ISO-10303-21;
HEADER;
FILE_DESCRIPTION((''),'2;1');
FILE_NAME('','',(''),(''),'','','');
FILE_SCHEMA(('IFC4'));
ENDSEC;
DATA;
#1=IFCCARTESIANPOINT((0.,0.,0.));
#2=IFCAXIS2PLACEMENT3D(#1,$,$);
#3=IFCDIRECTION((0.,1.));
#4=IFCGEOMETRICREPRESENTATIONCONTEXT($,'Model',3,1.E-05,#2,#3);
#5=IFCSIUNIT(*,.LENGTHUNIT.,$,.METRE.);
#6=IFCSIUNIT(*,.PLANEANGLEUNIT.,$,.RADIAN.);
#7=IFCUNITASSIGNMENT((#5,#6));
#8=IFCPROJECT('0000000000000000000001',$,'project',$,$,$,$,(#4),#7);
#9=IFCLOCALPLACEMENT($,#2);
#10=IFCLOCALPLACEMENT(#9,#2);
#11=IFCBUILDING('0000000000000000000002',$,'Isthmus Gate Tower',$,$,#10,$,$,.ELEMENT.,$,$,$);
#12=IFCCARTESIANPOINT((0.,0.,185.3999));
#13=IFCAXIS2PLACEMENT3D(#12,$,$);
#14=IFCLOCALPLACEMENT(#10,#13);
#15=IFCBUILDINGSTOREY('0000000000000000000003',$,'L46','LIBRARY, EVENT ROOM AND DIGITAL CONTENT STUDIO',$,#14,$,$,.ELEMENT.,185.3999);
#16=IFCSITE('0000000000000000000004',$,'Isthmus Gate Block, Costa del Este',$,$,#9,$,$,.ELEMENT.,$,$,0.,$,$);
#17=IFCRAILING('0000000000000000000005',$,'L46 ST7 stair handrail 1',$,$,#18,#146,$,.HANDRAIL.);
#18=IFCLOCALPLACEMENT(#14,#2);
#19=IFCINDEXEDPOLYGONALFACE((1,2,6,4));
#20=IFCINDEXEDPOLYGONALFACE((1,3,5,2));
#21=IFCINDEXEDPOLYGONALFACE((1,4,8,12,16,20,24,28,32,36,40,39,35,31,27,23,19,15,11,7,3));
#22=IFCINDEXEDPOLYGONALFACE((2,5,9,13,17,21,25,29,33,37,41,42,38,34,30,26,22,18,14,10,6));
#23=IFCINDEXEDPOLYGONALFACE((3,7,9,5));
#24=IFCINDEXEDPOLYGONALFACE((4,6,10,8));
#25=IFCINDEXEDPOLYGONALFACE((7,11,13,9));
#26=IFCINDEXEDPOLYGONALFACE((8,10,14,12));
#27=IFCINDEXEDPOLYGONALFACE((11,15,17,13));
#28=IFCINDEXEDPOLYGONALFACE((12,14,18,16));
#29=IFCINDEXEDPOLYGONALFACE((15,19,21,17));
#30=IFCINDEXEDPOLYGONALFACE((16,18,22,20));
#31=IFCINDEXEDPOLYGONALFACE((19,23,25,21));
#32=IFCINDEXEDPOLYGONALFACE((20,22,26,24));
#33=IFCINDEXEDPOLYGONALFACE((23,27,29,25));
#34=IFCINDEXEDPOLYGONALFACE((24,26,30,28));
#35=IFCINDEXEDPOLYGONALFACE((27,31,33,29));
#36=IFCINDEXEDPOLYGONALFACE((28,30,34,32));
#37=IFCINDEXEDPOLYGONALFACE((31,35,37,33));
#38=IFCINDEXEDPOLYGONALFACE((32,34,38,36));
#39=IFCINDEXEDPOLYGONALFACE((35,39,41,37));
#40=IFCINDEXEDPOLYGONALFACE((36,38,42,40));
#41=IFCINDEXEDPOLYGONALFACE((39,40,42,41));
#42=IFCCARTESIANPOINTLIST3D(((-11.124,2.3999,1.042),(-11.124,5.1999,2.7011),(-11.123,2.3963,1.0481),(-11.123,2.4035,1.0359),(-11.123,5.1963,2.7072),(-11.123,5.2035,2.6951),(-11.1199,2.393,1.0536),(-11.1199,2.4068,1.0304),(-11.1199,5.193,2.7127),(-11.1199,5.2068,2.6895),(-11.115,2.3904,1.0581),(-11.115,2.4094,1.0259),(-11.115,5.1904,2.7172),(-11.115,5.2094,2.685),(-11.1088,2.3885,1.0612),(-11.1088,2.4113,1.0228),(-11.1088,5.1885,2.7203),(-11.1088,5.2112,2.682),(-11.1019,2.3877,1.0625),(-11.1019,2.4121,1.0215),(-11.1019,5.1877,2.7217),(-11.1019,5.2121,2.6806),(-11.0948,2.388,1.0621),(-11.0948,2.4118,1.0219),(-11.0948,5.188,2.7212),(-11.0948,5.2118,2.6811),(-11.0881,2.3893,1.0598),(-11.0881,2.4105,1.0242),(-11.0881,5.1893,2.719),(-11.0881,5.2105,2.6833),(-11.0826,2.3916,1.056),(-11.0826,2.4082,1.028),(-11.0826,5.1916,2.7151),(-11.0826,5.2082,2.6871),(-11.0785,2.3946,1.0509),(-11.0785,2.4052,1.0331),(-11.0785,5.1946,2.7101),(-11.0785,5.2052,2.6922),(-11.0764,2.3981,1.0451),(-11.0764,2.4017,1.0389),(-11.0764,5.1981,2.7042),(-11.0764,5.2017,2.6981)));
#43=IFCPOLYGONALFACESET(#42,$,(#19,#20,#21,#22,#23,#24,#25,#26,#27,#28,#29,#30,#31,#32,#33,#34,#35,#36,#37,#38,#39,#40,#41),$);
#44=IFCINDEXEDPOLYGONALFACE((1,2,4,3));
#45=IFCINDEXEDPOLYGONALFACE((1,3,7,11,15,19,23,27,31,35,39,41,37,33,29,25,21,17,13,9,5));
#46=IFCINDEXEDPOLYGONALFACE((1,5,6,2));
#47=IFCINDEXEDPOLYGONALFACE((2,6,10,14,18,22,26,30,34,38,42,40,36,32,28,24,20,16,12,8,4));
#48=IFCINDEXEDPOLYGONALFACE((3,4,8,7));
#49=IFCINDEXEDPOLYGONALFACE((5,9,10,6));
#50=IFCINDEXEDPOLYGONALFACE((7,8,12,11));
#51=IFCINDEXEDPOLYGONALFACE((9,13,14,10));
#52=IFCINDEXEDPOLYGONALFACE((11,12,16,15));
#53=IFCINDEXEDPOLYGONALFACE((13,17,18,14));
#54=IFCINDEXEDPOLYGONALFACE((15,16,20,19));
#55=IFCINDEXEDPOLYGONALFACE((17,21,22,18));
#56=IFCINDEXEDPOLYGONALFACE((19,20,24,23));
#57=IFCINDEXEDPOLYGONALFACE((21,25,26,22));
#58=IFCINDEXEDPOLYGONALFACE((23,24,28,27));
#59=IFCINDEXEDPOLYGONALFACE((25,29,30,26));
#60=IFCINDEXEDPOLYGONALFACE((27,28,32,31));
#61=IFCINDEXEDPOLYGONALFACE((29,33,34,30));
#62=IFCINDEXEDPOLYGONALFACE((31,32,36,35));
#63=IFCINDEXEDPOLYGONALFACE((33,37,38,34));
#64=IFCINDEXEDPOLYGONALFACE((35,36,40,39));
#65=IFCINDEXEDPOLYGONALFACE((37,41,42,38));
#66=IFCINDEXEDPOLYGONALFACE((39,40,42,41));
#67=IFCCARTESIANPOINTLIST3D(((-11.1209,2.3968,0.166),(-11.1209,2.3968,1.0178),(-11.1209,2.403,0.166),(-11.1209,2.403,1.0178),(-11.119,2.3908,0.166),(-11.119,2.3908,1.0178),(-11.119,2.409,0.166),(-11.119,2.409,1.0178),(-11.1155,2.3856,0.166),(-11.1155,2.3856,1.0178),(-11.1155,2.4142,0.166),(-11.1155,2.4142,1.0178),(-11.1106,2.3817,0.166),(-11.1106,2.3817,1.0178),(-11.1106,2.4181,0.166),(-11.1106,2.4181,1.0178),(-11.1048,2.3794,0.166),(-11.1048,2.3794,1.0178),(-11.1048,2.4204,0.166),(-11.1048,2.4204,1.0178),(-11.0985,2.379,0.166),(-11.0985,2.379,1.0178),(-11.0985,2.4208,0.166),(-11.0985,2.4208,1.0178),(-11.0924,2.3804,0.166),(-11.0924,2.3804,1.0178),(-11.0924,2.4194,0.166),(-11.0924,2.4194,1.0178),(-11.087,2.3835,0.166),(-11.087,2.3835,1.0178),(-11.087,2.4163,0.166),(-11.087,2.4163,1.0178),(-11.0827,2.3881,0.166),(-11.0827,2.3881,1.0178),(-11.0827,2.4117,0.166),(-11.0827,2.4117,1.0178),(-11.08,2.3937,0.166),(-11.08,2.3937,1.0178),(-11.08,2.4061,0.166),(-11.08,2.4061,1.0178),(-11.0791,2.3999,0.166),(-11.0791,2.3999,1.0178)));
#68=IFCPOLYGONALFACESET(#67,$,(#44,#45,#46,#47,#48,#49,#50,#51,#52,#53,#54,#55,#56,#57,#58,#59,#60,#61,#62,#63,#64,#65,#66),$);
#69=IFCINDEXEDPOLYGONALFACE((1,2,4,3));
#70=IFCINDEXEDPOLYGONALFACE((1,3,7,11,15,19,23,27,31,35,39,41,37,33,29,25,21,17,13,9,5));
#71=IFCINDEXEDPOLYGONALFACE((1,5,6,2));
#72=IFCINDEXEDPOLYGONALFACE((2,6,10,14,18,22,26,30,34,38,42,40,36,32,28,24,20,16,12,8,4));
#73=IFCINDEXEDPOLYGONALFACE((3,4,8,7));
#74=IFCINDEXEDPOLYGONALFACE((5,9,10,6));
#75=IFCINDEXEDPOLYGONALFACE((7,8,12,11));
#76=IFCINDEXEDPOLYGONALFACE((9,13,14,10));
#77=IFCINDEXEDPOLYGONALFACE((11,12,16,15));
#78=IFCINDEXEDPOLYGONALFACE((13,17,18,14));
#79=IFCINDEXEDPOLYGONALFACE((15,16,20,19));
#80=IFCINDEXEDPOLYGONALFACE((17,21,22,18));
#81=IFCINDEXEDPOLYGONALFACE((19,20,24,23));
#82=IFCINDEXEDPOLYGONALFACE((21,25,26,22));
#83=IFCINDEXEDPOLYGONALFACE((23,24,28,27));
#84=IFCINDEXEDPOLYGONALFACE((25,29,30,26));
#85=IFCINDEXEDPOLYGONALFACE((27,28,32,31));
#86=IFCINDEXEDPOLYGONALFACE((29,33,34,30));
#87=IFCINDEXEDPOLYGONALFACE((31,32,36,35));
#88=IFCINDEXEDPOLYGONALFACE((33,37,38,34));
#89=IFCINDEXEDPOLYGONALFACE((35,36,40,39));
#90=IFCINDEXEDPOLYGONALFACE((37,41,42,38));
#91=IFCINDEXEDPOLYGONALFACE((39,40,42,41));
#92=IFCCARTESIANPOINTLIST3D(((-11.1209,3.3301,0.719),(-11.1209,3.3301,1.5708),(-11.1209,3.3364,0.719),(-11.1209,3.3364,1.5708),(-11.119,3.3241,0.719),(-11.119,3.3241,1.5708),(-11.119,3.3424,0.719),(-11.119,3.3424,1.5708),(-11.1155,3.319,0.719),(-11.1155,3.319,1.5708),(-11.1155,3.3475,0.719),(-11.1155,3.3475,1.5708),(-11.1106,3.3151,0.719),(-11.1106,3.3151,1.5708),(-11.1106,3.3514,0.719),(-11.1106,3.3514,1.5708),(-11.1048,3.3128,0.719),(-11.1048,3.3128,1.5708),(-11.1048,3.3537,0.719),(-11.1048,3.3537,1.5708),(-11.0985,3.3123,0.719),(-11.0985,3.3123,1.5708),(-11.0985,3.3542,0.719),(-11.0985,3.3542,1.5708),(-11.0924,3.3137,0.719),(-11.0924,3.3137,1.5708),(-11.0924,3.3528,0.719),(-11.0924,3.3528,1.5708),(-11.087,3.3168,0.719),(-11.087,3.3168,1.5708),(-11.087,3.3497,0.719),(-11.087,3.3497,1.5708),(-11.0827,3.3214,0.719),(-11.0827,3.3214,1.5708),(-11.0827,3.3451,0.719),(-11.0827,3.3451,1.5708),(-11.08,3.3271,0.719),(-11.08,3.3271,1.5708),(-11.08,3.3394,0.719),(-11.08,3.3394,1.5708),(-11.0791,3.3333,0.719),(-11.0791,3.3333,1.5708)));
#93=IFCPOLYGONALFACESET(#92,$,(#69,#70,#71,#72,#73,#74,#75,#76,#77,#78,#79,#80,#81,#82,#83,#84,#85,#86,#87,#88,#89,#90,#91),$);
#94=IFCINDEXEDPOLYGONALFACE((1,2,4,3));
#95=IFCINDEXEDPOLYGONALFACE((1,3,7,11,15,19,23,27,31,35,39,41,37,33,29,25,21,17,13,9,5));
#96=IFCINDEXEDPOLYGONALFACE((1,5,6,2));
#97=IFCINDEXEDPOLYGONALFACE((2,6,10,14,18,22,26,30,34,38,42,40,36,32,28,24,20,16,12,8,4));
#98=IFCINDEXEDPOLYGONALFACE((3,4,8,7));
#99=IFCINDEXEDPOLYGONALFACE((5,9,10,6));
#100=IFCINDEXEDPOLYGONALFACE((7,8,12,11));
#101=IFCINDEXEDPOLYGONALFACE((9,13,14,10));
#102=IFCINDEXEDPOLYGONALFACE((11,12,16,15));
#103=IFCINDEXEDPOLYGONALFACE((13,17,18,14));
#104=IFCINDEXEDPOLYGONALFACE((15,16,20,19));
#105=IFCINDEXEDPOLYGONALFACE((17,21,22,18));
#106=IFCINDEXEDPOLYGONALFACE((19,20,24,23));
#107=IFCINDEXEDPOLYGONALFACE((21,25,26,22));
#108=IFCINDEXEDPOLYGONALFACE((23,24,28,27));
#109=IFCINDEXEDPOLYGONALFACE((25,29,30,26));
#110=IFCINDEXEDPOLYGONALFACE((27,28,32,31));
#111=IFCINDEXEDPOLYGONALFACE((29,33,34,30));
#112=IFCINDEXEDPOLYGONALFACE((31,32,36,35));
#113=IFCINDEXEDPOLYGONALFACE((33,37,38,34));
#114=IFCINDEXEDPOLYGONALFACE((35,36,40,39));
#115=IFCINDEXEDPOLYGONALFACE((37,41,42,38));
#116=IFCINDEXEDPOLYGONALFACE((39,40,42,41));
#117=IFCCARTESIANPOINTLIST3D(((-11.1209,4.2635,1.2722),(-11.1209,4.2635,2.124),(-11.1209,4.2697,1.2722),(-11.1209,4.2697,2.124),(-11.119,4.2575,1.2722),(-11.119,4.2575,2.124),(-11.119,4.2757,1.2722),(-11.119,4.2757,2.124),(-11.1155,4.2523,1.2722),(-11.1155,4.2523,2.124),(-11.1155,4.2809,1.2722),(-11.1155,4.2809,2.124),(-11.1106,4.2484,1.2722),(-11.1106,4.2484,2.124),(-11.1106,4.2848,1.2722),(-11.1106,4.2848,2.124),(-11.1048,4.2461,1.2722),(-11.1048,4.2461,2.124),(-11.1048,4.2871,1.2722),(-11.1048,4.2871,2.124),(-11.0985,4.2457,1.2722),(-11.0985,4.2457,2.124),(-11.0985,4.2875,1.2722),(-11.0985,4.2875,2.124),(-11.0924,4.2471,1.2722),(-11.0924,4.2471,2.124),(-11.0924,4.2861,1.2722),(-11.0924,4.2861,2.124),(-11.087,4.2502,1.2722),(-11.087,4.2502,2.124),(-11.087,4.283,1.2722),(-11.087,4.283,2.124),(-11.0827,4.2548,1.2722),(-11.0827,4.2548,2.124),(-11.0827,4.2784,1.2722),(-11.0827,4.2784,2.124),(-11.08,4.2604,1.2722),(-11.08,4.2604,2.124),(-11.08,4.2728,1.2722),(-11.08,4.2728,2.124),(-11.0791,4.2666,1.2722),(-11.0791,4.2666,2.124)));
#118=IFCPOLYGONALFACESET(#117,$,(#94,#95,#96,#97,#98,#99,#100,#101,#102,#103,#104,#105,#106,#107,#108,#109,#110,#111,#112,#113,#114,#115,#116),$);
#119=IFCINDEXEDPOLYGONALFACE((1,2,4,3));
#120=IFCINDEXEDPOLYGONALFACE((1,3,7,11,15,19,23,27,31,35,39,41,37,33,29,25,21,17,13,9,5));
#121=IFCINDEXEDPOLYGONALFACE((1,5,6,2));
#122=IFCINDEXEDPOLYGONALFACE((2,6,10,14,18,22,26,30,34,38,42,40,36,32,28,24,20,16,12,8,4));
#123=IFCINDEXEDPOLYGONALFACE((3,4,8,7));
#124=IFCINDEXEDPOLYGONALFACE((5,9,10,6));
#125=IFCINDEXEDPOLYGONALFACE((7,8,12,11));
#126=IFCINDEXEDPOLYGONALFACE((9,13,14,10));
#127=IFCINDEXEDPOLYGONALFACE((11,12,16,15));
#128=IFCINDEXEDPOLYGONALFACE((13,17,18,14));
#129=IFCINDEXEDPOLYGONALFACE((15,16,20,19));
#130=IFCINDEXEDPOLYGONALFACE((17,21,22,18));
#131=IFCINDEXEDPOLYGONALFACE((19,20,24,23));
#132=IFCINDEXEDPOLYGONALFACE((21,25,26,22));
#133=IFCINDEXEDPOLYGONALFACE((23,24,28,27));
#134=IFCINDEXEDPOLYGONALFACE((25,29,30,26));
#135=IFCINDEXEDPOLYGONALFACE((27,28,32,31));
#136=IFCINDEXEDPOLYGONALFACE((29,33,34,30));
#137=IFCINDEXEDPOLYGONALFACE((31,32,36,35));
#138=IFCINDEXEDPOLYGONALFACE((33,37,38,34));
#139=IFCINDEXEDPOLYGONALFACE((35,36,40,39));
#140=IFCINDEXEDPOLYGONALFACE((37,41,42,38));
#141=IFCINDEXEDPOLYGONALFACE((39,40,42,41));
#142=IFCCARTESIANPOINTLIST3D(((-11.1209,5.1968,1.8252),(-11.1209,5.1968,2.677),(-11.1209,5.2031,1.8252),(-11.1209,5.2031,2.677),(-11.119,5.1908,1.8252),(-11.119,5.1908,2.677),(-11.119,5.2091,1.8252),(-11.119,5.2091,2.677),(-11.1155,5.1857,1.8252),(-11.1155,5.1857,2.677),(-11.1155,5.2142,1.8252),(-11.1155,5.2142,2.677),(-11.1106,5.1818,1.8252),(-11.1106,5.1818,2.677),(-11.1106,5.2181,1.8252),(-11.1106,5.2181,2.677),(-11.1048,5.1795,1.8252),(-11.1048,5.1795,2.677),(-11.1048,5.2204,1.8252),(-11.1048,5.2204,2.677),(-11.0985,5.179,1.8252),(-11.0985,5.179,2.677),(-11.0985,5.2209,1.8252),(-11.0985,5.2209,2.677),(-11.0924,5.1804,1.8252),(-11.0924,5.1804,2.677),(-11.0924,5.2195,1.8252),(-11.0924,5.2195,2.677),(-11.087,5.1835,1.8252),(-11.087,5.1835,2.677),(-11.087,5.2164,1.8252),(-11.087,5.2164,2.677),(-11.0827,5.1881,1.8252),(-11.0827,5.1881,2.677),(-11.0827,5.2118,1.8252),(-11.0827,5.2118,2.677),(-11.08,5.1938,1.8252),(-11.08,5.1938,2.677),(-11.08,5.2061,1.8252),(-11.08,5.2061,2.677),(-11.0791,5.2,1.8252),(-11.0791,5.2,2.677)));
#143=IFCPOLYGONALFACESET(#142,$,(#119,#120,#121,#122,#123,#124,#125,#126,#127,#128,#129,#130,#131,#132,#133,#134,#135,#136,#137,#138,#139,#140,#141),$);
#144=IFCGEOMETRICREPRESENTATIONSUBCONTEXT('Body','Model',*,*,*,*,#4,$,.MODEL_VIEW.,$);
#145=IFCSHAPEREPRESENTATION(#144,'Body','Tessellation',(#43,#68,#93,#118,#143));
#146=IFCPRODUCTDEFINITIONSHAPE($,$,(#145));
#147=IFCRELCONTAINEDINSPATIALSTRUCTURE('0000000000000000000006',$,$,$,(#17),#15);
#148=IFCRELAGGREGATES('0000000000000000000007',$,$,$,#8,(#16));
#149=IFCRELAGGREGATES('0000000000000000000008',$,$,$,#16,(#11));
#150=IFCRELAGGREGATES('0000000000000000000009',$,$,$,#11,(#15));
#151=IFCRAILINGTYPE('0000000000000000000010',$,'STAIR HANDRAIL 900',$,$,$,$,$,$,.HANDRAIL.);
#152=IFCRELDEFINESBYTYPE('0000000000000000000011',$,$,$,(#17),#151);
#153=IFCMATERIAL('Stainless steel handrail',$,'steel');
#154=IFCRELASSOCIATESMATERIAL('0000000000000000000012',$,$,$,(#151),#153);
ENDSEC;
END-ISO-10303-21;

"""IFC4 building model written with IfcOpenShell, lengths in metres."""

from ifc_helpers import new_model, si_unit, direction, frame, origin, origin_2d, place, context, subcontext, project, spatial, circle, extrude, material, type_object, element, save


model = new_model("IFC4")

# Units and contexts
model_context = context("Model", 3, precision=1e-05, world=origin(), true_north=direction((0.0, 1.0)))
body_context = subcontext(model_context, "Body", "Model", "MODEL_VIEW")
ifc_project = project(units=[si_unit("LENGTHUNIT", "METRE"), si_unit("PLANEANGLEUNIT", "RADIAN")], contexts=[model_context])

# Site, building, storey
site_placement = place(None, origin())
site = spatial("IfcSite", under=ifc_project, at=site_placement, Name="Isthmus Gate Block, Costa del Este", CompositionType="ELEMENT", RefElevation=0.0)
building_placement = place(site_placement, origin())
building = spatial("IfcBuilding", under=site, at=building_placement, Name="Isthmus Gate Tower", CompositionType="ELEMENT")
storey_placement = place(building_placement, frame((0.0, 0.0, 185.3999)))
storey = spatial("IfcBuildingStorey", under=building, at=storey_placement, Name="L46", Description="LIBRARY, EVENT ROOM AND DIGITAL CONTENT STUDIO", CompositionType="ELEMENT", Elevation=185.3999)

# Railing
ifc_material_1 = material(Name="Stainless steel handrail", Category="steel")
railing_type_1 = type_object("IfcRailingType", Name="STAIR HANDRAIL 900", PredefinedType="HANDRAIL", material=ifc_material_1)
railing_1_placement = place(storey_placement, frame((-11.1001, 2.3999, 0.166)))
element("IfcRailing", 1, at=railing_1_placement, inside=storey, type_object=railing_type_1, Name="L46 ST7 stair handrail 1", PredefinedType="HANDRAIL", context=body_context, shape_type="SweptSolid", body=[
    extrude(circle(Radius=0.0239, at=origin_2d()), frame((0.0, 0.0, 0.876), z_axis=(0.0, 0.860306, 0.509778), x_axis=(-1.0, 0.0, 0.0)), (0.0, 0.0, 1.0), 3.2546),
    extrude(circle(Radius=0.021, at=origin_2d()), origin(), (0.0, 0.0, 1.0), 0.8518),
    extrude(circle(Radius=0.021, at=origin_2d()), frame((0.0, 0.9333, 0.553)), (0.0, 0.0, 1.0), 0.8518),
    extrude(circle(Radius=0.021, at=origin_2d()), frame((0.0, 1.8667, 1.1062)), (0.0, 0.0, 1.0), 0.8518),
    extrude(circle(Radius=0.021, at=origin_2d()), frame((0.0, 2.8, 1.6592)), (0.0, 0.0, 1.0), 0.8518),
])

save(model, "model.ifc")
